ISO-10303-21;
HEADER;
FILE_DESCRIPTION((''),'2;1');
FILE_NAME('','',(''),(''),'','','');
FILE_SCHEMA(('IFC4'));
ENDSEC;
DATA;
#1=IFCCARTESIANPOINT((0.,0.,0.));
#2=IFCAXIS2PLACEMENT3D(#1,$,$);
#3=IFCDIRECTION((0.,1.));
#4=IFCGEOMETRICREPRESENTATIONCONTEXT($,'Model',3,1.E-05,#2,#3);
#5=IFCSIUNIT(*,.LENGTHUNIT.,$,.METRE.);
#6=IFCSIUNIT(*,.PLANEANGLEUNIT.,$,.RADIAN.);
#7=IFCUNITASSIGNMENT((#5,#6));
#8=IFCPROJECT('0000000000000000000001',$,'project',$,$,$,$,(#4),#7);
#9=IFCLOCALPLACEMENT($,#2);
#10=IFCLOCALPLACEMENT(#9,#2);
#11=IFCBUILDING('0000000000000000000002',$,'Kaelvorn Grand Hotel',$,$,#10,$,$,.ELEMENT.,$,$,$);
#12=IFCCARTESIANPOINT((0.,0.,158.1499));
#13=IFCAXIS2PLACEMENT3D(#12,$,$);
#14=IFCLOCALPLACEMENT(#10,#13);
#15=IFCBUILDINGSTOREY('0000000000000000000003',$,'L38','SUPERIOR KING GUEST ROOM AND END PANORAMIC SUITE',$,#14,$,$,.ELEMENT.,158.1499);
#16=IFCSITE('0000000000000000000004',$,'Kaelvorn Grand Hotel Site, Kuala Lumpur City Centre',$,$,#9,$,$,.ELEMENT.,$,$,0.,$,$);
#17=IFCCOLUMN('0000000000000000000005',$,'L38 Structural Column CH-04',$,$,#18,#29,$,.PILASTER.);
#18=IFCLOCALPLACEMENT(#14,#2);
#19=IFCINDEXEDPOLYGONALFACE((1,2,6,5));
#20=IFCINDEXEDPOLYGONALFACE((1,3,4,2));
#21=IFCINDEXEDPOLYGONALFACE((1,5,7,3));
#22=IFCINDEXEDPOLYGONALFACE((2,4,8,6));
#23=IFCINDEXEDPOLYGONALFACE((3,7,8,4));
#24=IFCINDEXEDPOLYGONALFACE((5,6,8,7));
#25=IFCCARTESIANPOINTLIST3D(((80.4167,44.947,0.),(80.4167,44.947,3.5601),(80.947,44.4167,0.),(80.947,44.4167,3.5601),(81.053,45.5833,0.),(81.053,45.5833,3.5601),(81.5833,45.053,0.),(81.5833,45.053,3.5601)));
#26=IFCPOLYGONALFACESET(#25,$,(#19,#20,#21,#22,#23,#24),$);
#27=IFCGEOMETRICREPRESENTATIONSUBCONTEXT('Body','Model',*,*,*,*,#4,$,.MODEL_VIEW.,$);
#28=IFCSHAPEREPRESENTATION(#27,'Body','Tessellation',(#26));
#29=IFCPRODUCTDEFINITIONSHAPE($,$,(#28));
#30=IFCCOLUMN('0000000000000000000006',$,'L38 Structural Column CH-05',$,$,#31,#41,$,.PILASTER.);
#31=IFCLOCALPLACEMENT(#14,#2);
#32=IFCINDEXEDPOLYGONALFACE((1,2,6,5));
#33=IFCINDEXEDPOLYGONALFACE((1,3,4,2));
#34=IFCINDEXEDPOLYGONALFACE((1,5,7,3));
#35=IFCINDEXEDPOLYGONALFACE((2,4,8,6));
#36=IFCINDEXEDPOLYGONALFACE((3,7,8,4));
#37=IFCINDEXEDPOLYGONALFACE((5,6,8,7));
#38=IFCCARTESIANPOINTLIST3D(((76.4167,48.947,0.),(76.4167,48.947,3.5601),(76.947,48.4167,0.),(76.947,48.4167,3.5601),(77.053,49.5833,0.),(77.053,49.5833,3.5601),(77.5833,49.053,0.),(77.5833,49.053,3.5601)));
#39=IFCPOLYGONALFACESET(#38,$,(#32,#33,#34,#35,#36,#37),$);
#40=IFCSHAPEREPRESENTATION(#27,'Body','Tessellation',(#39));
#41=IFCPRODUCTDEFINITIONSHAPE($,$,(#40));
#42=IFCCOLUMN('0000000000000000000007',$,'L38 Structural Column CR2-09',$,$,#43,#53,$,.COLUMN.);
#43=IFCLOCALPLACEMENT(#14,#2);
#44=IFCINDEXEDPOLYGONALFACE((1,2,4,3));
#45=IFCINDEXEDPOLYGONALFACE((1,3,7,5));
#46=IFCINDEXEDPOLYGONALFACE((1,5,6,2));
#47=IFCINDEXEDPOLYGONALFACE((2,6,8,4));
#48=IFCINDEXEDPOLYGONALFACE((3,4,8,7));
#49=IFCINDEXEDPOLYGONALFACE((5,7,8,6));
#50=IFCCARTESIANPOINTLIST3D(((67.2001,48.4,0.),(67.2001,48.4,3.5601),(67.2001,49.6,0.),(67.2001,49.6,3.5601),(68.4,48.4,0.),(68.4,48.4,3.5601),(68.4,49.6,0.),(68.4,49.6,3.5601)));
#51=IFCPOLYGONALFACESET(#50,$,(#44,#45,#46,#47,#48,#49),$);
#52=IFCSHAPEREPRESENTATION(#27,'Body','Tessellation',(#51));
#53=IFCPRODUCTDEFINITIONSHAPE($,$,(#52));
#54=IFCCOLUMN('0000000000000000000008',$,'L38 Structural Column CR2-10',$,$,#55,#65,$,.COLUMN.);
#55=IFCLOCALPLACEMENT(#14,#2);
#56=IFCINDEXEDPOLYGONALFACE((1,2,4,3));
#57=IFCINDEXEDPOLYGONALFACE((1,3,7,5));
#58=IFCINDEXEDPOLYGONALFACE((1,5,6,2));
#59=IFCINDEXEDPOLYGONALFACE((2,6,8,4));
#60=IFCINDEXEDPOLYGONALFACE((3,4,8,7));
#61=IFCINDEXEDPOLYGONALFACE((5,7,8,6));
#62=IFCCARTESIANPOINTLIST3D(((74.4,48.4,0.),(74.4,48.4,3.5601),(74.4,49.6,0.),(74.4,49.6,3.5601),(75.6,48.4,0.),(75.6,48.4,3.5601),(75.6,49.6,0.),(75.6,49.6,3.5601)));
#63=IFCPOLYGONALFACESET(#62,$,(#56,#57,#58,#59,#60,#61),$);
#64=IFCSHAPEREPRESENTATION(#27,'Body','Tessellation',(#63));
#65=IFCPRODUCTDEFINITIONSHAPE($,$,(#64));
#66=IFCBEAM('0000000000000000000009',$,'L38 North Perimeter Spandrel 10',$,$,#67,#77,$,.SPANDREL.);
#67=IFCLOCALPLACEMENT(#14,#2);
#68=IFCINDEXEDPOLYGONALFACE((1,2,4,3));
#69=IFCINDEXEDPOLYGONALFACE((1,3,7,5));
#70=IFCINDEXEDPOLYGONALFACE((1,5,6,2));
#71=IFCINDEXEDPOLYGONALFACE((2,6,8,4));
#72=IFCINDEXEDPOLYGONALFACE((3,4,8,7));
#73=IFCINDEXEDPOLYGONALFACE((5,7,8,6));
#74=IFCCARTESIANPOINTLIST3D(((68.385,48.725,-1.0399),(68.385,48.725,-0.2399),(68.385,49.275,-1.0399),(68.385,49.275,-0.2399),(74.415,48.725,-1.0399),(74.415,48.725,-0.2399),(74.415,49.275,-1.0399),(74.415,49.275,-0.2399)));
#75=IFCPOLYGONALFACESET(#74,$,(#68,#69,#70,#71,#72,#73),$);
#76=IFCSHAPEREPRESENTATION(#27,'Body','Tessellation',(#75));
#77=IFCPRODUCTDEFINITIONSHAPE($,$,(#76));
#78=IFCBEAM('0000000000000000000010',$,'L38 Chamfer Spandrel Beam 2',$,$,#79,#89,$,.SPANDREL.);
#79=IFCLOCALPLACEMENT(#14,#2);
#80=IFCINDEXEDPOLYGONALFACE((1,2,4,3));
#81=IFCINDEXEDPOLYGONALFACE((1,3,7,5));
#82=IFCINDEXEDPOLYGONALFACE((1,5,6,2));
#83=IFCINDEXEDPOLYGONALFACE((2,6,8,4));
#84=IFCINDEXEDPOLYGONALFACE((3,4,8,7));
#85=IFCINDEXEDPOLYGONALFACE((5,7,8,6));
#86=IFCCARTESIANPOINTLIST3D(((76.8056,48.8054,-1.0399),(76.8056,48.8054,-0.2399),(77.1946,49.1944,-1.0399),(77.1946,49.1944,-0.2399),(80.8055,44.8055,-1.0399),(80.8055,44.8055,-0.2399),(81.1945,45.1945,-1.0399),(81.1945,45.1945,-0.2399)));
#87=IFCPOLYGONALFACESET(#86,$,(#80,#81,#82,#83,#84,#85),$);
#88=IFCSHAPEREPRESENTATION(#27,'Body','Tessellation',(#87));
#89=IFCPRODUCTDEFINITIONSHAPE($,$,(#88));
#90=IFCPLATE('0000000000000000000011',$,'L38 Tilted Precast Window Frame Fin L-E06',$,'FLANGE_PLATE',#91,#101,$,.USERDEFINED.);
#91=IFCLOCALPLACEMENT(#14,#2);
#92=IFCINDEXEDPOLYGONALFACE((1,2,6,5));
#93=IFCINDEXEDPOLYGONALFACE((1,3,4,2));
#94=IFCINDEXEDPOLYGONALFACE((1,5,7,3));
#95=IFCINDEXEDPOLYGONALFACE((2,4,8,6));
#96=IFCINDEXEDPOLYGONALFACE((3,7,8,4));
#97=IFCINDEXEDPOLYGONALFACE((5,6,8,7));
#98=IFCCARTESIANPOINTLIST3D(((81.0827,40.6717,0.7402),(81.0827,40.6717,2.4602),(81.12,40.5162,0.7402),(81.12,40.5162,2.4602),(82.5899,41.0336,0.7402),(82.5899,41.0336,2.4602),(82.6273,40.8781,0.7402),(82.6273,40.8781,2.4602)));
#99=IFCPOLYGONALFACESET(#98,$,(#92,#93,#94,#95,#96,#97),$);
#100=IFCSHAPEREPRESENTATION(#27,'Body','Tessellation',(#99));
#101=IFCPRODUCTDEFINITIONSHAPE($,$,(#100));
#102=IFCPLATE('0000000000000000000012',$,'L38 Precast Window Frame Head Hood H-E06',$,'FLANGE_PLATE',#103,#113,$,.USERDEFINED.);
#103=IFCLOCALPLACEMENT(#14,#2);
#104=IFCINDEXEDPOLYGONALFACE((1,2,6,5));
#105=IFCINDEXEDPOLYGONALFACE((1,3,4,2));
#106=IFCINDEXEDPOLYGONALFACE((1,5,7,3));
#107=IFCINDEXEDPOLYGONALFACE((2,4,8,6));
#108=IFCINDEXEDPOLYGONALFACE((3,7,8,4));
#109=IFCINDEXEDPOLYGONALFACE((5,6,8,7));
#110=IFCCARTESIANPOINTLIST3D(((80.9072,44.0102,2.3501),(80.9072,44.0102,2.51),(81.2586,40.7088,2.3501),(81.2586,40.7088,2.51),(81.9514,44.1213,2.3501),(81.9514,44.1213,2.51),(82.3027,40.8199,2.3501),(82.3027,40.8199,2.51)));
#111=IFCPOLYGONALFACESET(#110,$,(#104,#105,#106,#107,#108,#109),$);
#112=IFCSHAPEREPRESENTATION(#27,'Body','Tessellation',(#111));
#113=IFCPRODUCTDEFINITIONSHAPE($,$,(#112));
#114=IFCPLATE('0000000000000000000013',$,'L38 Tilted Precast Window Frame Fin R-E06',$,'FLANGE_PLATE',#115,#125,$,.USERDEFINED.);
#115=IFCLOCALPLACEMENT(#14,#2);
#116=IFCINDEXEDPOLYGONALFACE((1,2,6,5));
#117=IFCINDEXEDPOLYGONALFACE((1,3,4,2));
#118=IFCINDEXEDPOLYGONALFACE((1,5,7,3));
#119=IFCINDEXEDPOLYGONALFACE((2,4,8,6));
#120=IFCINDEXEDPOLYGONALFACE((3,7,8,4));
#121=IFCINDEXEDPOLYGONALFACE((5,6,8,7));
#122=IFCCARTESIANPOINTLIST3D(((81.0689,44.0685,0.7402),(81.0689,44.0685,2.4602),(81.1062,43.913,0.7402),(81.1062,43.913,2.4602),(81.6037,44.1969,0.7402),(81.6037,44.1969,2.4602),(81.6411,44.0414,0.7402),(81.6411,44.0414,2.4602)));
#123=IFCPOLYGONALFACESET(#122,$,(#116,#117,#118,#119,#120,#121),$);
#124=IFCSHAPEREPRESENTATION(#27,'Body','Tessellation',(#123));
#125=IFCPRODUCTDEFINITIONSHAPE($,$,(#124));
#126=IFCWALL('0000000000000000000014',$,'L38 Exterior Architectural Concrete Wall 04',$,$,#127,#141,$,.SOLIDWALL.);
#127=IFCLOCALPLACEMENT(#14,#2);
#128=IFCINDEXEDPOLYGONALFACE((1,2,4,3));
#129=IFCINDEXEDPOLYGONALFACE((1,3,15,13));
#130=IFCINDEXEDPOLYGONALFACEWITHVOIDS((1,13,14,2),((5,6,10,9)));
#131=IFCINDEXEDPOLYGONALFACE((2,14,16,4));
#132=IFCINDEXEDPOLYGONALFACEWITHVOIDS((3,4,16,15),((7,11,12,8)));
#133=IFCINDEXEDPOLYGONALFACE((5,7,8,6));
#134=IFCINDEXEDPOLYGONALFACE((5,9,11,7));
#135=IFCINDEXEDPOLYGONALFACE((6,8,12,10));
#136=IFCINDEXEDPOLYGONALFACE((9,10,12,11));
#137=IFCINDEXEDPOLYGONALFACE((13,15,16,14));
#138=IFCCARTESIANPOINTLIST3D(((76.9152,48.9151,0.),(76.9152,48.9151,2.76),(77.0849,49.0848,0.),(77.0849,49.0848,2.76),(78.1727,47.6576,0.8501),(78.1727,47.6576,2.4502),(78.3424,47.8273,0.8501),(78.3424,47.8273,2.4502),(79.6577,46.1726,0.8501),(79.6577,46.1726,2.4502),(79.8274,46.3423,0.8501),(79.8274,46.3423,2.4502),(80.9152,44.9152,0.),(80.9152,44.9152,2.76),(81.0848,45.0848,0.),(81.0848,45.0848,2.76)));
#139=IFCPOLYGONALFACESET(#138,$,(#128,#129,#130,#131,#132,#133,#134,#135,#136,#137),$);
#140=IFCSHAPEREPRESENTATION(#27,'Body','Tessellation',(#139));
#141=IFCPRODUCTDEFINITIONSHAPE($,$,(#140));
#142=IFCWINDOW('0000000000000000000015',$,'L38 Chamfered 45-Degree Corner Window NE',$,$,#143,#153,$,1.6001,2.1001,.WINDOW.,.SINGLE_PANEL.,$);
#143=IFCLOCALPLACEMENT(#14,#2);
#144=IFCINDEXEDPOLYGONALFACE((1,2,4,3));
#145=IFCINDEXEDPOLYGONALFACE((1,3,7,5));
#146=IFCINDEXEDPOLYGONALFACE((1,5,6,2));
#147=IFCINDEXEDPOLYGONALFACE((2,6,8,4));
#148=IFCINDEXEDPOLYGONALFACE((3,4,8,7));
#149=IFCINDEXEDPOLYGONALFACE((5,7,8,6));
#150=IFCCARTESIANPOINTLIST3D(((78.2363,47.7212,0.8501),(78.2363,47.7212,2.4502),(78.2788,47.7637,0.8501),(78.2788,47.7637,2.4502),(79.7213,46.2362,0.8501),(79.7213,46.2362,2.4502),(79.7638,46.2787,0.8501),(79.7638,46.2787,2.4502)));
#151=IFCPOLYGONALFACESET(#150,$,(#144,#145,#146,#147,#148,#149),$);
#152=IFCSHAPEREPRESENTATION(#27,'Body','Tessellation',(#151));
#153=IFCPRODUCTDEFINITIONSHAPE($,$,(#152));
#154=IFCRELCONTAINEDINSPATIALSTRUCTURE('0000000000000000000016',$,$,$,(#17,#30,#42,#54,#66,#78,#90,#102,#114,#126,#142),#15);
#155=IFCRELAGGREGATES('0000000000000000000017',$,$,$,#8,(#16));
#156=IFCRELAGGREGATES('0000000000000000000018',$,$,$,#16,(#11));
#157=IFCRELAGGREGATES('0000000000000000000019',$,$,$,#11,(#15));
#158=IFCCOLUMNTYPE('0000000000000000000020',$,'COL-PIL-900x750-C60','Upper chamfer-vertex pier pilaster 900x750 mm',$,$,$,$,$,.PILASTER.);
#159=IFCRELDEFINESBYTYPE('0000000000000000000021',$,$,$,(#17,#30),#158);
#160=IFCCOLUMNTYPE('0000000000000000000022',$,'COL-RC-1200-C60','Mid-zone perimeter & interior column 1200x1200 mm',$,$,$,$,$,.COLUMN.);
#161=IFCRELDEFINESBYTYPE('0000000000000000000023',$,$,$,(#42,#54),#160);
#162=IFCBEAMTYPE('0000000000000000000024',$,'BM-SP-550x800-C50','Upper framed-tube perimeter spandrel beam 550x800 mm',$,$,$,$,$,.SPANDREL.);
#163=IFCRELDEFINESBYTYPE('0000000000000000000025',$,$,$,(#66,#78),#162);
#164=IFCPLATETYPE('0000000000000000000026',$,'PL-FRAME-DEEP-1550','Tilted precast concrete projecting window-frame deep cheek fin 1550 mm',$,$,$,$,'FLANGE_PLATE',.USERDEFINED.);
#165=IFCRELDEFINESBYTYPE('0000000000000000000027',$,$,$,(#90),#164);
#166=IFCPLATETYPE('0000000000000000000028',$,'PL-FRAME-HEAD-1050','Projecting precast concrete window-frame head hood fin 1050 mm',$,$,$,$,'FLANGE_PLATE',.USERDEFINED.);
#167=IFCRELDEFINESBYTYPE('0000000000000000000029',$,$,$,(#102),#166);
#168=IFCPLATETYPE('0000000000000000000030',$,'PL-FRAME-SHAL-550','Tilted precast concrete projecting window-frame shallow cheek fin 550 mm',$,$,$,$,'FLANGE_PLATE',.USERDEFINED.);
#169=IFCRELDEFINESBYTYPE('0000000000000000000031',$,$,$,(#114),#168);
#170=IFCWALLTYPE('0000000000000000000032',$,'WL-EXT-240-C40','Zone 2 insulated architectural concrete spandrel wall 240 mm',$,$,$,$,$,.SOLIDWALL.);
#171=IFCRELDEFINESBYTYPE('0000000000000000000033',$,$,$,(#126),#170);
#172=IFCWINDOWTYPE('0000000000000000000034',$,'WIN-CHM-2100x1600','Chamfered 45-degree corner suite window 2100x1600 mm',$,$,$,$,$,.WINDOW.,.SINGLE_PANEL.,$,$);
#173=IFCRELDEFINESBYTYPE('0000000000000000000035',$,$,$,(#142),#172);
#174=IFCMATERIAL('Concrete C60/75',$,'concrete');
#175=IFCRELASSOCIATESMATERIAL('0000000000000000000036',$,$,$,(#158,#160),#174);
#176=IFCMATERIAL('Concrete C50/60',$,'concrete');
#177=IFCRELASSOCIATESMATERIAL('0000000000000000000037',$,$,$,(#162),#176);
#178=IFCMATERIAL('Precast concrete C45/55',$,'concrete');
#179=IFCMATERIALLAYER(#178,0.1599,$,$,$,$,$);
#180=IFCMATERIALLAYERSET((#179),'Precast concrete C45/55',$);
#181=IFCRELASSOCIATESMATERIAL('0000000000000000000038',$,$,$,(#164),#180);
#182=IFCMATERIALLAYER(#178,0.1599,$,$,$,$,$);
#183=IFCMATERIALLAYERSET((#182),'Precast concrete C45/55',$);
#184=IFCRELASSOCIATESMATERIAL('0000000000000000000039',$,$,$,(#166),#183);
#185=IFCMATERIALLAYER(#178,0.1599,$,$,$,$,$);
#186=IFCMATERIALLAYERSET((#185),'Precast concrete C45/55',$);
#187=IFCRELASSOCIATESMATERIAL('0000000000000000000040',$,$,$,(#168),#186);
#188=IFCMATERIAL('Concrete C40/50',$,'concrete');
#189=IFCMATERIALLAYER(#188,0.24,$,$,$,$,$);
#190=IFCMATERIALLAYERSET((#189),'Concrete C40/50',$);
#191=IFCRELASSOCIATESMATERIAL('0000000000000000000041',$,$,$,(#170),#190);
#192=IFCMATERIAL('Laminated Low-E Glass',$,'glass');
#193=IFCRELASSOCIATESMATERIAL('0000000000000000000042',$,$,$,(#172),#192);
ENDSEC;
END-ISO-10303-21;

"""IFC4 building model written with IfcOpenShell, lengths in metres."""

from ifc_helpers import new_model, si_unit, direction, frame, frame_2d, origin, origin_2d, place, context, subcontext, project, spatial, rectangle, extrude, material, layer, layer_set, material_profile, profile_set, type_object, element, fill, save


model = new_model("IFC4")

# Units and contexts
model_context = context("Model", 3, precision=1e-05, world=origin(), true_north=direction((0.0, 1.0)))
body_context = subcontext(model_context, "Body", "Model", "MODEL_VIEW")
ifc_project = project(units=[si_unit("LENGTHUNIT", "METRE"), si_unit("PLANEANGLEUNIT", "RADIAN")], contexts=[model_context])

# Site, building, storey
site_placement = place(None, origin())
site = spatial("IfcSite", under=ifc_project, at=site_placement, Name="Kaelvorn Grand Hotel Site, Kuala Lumpur City Centre", CompositionType="ELEMENT", RefElevation=0.0)
building_placement = place(site_placement, origin())
building = spatial("IfcBuilding", under=site, at=building_placement, Name="Kaelvorn Grand Hotel", CompositionType="ELEMENT")
storey_placement = place(building_placement, frame((0.0, 0.0, 158.1499)))
storey = spatial("IfcBuildingStorey", under=building, at=storey_placement, Name="L38", Description="SUPERIOR KING GUEST ROOM AND END PANORAMIC SUITE", CompositionType="ELEMENT", Elevation=158.1499)

# Columns
ifc_material_1 = material(Name="Concrete C60/75", Category="concrete")
ifc_material_profile_1 = material_profile(ifc_material_1, rectangle(XDim=0.8999, YDim=0.75, at=origin_2d()), Name="RC PILASTER 900x750")
ifc_profile_set_1 = profile_set([ifc_material_profile_1], Name="Concrete C60/75")
column_type_1 = type_object("IfcColumnType", Name="COL-PIL-900x750-C60", Description="Upper chamfer-vertex pier pilaster 900x750 mm", PredefinedType="PILASTER", material=ifc_profile_set_1)
for number, where, z_axis, x_axis, name in (
    (1, (81.0, 45.0, 0.0), (0.0, 0.0, 1.0), (0.707107, 0.707107, 0.0), "L38 Structural Column CH-04"),
    (2, (77.0, 49.0, 0.0), (0.0, 0.0, 1.0), (0.707107, 0.707107, 0.0), "L38 Structural Column CH-05"),
):
    element("IfcColumn", number, at=place(storey_placement, frame(where, z_axis=z_axis, x_axis=x_axis)), inside=storey, type_object=column_type_1, Name=name, PredefinedType="PILASTER", context=body_context, shape_type="SweptSolid", body=[
        extrude(rectangle(XDim=0.8999, YDim=0.75, at=origin_2d()), origin(), (0.0, 0.0, 1.0), 3.5601),
    ])
ifc_material_profile_2 = material_profile(ifc_material_1, rectangle(XDim=1.2, YDim=1.2, at=origin_2d()), Name="RC COL 1200x1200")
ifc_profile_set_2 = profile_set([ifc_material_profile_2], Name="Concrete C60/75")
column_type_2 = type_object("IfcColumnType", Name="COL-RC-1200-C60", Description="Mid-zone perimeter & interior column 1200x1200 mm", PredefinedType="COLUMN", material=ifc_profile_set_2)
for number, where, z_axis, x_axis, name in (
    (3, (67.8, 49.0, 0.0), (0.0, 0.0, 1.0), (1.0, 0.0, 0.0), "L38 Structural Column CR2-09"),
    (4, (75.0, 49.0, 0.0), (0.0, 0.0, 1.0), (1.0, 0.0, 0.0), "L38 Structural Column CR2-10"),
):
    element("IfcColumn", number, at=place(storey_placement, frame(where, z_axis=z_axis, x_axis=x_axis)), inside=storey, type_object=column_type_2, Name=name, PredefinedType="COLUMN", context=body_context, shape_type="SweptSolid", body=[
        extrude(rectangle(XDim=1.2, YDim=1.2, at=origin_2d()), origin(), (0.0, 0.0, 1.0), 3.5601),
    ])

# Beams
ifc_material_2 = material(Name="Concrete C50/60", Category="concrete")
ifc_material_profile_3 = material_profile(ifc_material_2, rectangle(XDim=0.55, YDim=0.8, at=origin_2d()), Name="RC SPANDREL 550x800")
ifc_profile_set_3 = profile_set([ifc_material_profile_3], Name="Concrete C50/60")
beam_type = type_object("IfcBeamType", Name="BM-SP-550x800-C50", Description="Upper framed-tube perimeter spandrel beam 550x800 mm", PredefinedType="SPANDREL", material=ifc_profile_set_3)
beam_1_placement = place(storey_placement, frame((68.385, 49.0, -0.6399), z_axis=(1.0, 0.0, 0.0), x_axis=(0.0, 1.0, 0.0)))
element("IfcBeam", 5, at=beam_1_placement, inside=storey, type_object=beam_type, Name="L38 North Perimeter Spandrel 10", PredefinedType="SPANDREL", context=body_context, shape_type="SweptSolid", body=[
    extrude(rectangle(XDim=0.55, YDim=0.8, at=origin_2d()), origin(), (0.0, 0.0, 1.0), 6.03),
])
beam_2_placement = place(storey_placement, frame((81.0, 45.0, -0.6399), z_axis=(-0.707107, 0.707107, 0.0), x_axis=(-0.707107, -0.707107, 0.0)))
element("IfcBeam", 6, at=beam_2_placement, inside=storey, type_object=beam_type, Name="L38 Chamfer Spandrel Beam 2", PredefinedType="SPANDREL", context=body_context, shape_type="SweptSolid", body=[
    extrude(rectangle(XDim=0.55, YDim=0.8, at=origin_2d()), origin(), (0.0, 0.0, 1.0), 5.6567),
])

# Plates
ifc_material_3 = material(Name="Precast concrete C45/55", Category="concrete")
ifc_layer_1 = layer(ifc_material_3, 0.1599)
ifc_layer_set_1 = layer_set([ifc_layer_1], Name="Precast concrete C45/55")
plate_type_1 = type_object("IfcPlateType", Name="PL-FRAME-DEEP-1550", Description="Tilted precast concrete projecting window-frame deep cheek fin 1550 mm", ElementType="FLANGE_PLATE", PredefinedType="USERDEFINED", material=ifc_layer_set_1)
plate_1_placement = place(storey_placement, frame((81.855, 40.7749, 0.7402), z_axis=(0.0, 0.0, 1.0), x_axis=(-0.233445, 0.97237, 0.0)))
element("IfcPlate", 7, at=plate_1_placement, inside=storey, type_object=plate_type_1, Name="L38 Tilted Precast Window Frame Fin L-E06", ObjectType="FLANGE_PLATE", PredefinedType="USERDEFINED", context=body_context, shape_type="SweptSolid", body=[
    extrude(rectangle(XDim=0.1599, YDim=1.55, at=origin_2d()), origin(), (0.0, 0.0, 1.0), 1.72),
])
ifc_layer_2 = layer(ifc_material_3, 0.1599)
ifc_layer_set_2 = layer_set([ifc_layer_2], Name="Precast concrete C45/55")
plate_type_2 = type_object("IfcPlateType", Name="PL-FRAME-HEAD-1050", Description="Projecting precast concrete window-frame head hood fin 1050 mm", ElementType="FLANGE_PLATE", PredefinedType="USERDEFINED", material=ifc_layer_set_2)
plate_2_placement = place(storey_placement, frame((81.605, 42.415, 2.3501), z_axis=(0.0, 0.0, 1.0), x_axis=(-0.10583, 0.994384, 0.0)))
element("IfcPlate", 8, at=plate_2_placement, inside=storey, type_object=plate_type_2, Name="L38 Precast Window Frame Head Hood H-E06", ObjectType="FLANGE_PLATE", PredefinedType="USERDEFINED", context=body_context, shape_type="SweptSolid", body=[
    extrude(rectangle(XDim=3.3201, YDim=1.05, at=origin_2d()), origin(), (0.0, 0.0, 1.0), 0.1599),
])
ifc_layer_3 = layer(ifc_material_3, 0.1599)
ifc_layer_set_3 = layer_set([ifc_layer_3], Name="Precast concrete C45/55")
plate_type_3 = type_object("IfcPlateType", Name="PL-FRAME-SHAL-550", Description="Tilted precast concrete projecting window-frame shallow cheek fin 550 mm", ElementType="FLANGE_PLATE", PredefinedType="USERDEFINED", material=ifc_layer_set_3)
plate_3_placement = place(storey_placement, frame((81.355, 44.0549, 0.7402), z_axis=(0.0, 0.0, 1.0), x_axis=(-0.233445, 0.97237, 0.0)))
element("IfcPlate", 9, at=plate_3_placement, inside=storey, type_object=plate_type_3, Name="L38 Tilted Precast Window Frame Fin R-E06", ObjectType="FLANGE_PLATE", PredefinedType="USERDEFINED", context=body_context, shape_type="SweptSolid", body=[
    extrude(rectangle(XDim=0.1599, YDim=0.55, at=origin_2d()), origin(), (0.0, 0.0, 1.0), 1.72),
])

# Wall, opening, window
ifc_material_4 = material(Name="Concrete C40/50", Category="concrete")
ifc_layer_4 = layer(ifc_material_4, 0.24)
ifc_layer_set_4 = layer_set([ifc_layer_4], Name="Concrete C40/50")
wall_type_1 = type_object("IfcWallType", Name="WL-EXT-240-C40", Description="Zone 2 insulated architectural concrete spandrel wall 240 mm", PredefinedType="SOLIDWALL", material=ifc_layer_set_4)
wall_1_placement = place(storey_placement, frame((81.0, 45.0, 0.0), z_axis=(0.0, 0.0, 1.0), x_axis=(-0.707107, 0.707107, 0.0)))
wall_1 = element("IfcWall", 10, at=wall_1_placement, inside=storey, type_object=wall_type_1, Name="L38 Exterior Architectural Concrete Wall 04", PredefinedType="SOLIDWALL", context=body_context, shape_type="SweptSolid", body=[
    extrude(rectangle(XDim=5.6567, YDim=0.24, at=frame_2d((2.8284, 0.0))), origin(), (0.0, 0.0, 1.0), 2.76),
])
opening_1_placement = place(wall_1_placement, frame((1.7783, 0.0, 0.8501)))
opening_1 = element("IfcOpeningElement", 11, at=opening_1_placement, cuts=wall_1, PredefinedType="OPENING", context=body_context, shape_type="SweptSolid", body=[
    extrude(rectangle(XDim=2.1001, YDim=1.6001, at=frame_2d((1.05, 0.8))), frame((0.0, 0.1299, 0.0), z_axis=(0.0, -1.0, 0.0), x_axis=(1.0, 0.0, 0.0)), (0.0, 0.0, 1.0), 0.26),
])
ifc_material_5 = material(Name="Laminated Low-E Glass", Category="glass")
window_type_1 = type_object("IfcWindowType", Name="WIN-CHM-2100x1600", Description="Chamfered 45-degree corner suite window 2100x1600 mm", PartitioningType="SINGLE_PANEL", PredefinedType="WINDOW", material=ifc_material_5)
window_1_placement = place(opening_1_placement, origin())
window_1 = element("IfcWindow", 12, at=window_1_placement, inside=storey, type_object=window_type_1, Name="L38 Chamfered 45-Degree Corner Window NE", OverallHeight=1.6001, OverallWidth=2.1001, PartitioningType="SINGLE_PANEL", PredefinedType="WINDOW", context=body_context, shape_type="SweptSolid", body=[
    extrude(rectangle(XDim=2.1001, YDim=1.6001, at=frame_2d((1.05, 0.8))), frame((0.0, 0.03, 0.0), z_axis=(0.0, -1.0, 0.0), x_axis=(1.0, 0.0, 0.0)), (0.0, 0.0, 1.0), 0.0601),
])
fill(opening_1, window_1)

save(model, "model.ifc")
